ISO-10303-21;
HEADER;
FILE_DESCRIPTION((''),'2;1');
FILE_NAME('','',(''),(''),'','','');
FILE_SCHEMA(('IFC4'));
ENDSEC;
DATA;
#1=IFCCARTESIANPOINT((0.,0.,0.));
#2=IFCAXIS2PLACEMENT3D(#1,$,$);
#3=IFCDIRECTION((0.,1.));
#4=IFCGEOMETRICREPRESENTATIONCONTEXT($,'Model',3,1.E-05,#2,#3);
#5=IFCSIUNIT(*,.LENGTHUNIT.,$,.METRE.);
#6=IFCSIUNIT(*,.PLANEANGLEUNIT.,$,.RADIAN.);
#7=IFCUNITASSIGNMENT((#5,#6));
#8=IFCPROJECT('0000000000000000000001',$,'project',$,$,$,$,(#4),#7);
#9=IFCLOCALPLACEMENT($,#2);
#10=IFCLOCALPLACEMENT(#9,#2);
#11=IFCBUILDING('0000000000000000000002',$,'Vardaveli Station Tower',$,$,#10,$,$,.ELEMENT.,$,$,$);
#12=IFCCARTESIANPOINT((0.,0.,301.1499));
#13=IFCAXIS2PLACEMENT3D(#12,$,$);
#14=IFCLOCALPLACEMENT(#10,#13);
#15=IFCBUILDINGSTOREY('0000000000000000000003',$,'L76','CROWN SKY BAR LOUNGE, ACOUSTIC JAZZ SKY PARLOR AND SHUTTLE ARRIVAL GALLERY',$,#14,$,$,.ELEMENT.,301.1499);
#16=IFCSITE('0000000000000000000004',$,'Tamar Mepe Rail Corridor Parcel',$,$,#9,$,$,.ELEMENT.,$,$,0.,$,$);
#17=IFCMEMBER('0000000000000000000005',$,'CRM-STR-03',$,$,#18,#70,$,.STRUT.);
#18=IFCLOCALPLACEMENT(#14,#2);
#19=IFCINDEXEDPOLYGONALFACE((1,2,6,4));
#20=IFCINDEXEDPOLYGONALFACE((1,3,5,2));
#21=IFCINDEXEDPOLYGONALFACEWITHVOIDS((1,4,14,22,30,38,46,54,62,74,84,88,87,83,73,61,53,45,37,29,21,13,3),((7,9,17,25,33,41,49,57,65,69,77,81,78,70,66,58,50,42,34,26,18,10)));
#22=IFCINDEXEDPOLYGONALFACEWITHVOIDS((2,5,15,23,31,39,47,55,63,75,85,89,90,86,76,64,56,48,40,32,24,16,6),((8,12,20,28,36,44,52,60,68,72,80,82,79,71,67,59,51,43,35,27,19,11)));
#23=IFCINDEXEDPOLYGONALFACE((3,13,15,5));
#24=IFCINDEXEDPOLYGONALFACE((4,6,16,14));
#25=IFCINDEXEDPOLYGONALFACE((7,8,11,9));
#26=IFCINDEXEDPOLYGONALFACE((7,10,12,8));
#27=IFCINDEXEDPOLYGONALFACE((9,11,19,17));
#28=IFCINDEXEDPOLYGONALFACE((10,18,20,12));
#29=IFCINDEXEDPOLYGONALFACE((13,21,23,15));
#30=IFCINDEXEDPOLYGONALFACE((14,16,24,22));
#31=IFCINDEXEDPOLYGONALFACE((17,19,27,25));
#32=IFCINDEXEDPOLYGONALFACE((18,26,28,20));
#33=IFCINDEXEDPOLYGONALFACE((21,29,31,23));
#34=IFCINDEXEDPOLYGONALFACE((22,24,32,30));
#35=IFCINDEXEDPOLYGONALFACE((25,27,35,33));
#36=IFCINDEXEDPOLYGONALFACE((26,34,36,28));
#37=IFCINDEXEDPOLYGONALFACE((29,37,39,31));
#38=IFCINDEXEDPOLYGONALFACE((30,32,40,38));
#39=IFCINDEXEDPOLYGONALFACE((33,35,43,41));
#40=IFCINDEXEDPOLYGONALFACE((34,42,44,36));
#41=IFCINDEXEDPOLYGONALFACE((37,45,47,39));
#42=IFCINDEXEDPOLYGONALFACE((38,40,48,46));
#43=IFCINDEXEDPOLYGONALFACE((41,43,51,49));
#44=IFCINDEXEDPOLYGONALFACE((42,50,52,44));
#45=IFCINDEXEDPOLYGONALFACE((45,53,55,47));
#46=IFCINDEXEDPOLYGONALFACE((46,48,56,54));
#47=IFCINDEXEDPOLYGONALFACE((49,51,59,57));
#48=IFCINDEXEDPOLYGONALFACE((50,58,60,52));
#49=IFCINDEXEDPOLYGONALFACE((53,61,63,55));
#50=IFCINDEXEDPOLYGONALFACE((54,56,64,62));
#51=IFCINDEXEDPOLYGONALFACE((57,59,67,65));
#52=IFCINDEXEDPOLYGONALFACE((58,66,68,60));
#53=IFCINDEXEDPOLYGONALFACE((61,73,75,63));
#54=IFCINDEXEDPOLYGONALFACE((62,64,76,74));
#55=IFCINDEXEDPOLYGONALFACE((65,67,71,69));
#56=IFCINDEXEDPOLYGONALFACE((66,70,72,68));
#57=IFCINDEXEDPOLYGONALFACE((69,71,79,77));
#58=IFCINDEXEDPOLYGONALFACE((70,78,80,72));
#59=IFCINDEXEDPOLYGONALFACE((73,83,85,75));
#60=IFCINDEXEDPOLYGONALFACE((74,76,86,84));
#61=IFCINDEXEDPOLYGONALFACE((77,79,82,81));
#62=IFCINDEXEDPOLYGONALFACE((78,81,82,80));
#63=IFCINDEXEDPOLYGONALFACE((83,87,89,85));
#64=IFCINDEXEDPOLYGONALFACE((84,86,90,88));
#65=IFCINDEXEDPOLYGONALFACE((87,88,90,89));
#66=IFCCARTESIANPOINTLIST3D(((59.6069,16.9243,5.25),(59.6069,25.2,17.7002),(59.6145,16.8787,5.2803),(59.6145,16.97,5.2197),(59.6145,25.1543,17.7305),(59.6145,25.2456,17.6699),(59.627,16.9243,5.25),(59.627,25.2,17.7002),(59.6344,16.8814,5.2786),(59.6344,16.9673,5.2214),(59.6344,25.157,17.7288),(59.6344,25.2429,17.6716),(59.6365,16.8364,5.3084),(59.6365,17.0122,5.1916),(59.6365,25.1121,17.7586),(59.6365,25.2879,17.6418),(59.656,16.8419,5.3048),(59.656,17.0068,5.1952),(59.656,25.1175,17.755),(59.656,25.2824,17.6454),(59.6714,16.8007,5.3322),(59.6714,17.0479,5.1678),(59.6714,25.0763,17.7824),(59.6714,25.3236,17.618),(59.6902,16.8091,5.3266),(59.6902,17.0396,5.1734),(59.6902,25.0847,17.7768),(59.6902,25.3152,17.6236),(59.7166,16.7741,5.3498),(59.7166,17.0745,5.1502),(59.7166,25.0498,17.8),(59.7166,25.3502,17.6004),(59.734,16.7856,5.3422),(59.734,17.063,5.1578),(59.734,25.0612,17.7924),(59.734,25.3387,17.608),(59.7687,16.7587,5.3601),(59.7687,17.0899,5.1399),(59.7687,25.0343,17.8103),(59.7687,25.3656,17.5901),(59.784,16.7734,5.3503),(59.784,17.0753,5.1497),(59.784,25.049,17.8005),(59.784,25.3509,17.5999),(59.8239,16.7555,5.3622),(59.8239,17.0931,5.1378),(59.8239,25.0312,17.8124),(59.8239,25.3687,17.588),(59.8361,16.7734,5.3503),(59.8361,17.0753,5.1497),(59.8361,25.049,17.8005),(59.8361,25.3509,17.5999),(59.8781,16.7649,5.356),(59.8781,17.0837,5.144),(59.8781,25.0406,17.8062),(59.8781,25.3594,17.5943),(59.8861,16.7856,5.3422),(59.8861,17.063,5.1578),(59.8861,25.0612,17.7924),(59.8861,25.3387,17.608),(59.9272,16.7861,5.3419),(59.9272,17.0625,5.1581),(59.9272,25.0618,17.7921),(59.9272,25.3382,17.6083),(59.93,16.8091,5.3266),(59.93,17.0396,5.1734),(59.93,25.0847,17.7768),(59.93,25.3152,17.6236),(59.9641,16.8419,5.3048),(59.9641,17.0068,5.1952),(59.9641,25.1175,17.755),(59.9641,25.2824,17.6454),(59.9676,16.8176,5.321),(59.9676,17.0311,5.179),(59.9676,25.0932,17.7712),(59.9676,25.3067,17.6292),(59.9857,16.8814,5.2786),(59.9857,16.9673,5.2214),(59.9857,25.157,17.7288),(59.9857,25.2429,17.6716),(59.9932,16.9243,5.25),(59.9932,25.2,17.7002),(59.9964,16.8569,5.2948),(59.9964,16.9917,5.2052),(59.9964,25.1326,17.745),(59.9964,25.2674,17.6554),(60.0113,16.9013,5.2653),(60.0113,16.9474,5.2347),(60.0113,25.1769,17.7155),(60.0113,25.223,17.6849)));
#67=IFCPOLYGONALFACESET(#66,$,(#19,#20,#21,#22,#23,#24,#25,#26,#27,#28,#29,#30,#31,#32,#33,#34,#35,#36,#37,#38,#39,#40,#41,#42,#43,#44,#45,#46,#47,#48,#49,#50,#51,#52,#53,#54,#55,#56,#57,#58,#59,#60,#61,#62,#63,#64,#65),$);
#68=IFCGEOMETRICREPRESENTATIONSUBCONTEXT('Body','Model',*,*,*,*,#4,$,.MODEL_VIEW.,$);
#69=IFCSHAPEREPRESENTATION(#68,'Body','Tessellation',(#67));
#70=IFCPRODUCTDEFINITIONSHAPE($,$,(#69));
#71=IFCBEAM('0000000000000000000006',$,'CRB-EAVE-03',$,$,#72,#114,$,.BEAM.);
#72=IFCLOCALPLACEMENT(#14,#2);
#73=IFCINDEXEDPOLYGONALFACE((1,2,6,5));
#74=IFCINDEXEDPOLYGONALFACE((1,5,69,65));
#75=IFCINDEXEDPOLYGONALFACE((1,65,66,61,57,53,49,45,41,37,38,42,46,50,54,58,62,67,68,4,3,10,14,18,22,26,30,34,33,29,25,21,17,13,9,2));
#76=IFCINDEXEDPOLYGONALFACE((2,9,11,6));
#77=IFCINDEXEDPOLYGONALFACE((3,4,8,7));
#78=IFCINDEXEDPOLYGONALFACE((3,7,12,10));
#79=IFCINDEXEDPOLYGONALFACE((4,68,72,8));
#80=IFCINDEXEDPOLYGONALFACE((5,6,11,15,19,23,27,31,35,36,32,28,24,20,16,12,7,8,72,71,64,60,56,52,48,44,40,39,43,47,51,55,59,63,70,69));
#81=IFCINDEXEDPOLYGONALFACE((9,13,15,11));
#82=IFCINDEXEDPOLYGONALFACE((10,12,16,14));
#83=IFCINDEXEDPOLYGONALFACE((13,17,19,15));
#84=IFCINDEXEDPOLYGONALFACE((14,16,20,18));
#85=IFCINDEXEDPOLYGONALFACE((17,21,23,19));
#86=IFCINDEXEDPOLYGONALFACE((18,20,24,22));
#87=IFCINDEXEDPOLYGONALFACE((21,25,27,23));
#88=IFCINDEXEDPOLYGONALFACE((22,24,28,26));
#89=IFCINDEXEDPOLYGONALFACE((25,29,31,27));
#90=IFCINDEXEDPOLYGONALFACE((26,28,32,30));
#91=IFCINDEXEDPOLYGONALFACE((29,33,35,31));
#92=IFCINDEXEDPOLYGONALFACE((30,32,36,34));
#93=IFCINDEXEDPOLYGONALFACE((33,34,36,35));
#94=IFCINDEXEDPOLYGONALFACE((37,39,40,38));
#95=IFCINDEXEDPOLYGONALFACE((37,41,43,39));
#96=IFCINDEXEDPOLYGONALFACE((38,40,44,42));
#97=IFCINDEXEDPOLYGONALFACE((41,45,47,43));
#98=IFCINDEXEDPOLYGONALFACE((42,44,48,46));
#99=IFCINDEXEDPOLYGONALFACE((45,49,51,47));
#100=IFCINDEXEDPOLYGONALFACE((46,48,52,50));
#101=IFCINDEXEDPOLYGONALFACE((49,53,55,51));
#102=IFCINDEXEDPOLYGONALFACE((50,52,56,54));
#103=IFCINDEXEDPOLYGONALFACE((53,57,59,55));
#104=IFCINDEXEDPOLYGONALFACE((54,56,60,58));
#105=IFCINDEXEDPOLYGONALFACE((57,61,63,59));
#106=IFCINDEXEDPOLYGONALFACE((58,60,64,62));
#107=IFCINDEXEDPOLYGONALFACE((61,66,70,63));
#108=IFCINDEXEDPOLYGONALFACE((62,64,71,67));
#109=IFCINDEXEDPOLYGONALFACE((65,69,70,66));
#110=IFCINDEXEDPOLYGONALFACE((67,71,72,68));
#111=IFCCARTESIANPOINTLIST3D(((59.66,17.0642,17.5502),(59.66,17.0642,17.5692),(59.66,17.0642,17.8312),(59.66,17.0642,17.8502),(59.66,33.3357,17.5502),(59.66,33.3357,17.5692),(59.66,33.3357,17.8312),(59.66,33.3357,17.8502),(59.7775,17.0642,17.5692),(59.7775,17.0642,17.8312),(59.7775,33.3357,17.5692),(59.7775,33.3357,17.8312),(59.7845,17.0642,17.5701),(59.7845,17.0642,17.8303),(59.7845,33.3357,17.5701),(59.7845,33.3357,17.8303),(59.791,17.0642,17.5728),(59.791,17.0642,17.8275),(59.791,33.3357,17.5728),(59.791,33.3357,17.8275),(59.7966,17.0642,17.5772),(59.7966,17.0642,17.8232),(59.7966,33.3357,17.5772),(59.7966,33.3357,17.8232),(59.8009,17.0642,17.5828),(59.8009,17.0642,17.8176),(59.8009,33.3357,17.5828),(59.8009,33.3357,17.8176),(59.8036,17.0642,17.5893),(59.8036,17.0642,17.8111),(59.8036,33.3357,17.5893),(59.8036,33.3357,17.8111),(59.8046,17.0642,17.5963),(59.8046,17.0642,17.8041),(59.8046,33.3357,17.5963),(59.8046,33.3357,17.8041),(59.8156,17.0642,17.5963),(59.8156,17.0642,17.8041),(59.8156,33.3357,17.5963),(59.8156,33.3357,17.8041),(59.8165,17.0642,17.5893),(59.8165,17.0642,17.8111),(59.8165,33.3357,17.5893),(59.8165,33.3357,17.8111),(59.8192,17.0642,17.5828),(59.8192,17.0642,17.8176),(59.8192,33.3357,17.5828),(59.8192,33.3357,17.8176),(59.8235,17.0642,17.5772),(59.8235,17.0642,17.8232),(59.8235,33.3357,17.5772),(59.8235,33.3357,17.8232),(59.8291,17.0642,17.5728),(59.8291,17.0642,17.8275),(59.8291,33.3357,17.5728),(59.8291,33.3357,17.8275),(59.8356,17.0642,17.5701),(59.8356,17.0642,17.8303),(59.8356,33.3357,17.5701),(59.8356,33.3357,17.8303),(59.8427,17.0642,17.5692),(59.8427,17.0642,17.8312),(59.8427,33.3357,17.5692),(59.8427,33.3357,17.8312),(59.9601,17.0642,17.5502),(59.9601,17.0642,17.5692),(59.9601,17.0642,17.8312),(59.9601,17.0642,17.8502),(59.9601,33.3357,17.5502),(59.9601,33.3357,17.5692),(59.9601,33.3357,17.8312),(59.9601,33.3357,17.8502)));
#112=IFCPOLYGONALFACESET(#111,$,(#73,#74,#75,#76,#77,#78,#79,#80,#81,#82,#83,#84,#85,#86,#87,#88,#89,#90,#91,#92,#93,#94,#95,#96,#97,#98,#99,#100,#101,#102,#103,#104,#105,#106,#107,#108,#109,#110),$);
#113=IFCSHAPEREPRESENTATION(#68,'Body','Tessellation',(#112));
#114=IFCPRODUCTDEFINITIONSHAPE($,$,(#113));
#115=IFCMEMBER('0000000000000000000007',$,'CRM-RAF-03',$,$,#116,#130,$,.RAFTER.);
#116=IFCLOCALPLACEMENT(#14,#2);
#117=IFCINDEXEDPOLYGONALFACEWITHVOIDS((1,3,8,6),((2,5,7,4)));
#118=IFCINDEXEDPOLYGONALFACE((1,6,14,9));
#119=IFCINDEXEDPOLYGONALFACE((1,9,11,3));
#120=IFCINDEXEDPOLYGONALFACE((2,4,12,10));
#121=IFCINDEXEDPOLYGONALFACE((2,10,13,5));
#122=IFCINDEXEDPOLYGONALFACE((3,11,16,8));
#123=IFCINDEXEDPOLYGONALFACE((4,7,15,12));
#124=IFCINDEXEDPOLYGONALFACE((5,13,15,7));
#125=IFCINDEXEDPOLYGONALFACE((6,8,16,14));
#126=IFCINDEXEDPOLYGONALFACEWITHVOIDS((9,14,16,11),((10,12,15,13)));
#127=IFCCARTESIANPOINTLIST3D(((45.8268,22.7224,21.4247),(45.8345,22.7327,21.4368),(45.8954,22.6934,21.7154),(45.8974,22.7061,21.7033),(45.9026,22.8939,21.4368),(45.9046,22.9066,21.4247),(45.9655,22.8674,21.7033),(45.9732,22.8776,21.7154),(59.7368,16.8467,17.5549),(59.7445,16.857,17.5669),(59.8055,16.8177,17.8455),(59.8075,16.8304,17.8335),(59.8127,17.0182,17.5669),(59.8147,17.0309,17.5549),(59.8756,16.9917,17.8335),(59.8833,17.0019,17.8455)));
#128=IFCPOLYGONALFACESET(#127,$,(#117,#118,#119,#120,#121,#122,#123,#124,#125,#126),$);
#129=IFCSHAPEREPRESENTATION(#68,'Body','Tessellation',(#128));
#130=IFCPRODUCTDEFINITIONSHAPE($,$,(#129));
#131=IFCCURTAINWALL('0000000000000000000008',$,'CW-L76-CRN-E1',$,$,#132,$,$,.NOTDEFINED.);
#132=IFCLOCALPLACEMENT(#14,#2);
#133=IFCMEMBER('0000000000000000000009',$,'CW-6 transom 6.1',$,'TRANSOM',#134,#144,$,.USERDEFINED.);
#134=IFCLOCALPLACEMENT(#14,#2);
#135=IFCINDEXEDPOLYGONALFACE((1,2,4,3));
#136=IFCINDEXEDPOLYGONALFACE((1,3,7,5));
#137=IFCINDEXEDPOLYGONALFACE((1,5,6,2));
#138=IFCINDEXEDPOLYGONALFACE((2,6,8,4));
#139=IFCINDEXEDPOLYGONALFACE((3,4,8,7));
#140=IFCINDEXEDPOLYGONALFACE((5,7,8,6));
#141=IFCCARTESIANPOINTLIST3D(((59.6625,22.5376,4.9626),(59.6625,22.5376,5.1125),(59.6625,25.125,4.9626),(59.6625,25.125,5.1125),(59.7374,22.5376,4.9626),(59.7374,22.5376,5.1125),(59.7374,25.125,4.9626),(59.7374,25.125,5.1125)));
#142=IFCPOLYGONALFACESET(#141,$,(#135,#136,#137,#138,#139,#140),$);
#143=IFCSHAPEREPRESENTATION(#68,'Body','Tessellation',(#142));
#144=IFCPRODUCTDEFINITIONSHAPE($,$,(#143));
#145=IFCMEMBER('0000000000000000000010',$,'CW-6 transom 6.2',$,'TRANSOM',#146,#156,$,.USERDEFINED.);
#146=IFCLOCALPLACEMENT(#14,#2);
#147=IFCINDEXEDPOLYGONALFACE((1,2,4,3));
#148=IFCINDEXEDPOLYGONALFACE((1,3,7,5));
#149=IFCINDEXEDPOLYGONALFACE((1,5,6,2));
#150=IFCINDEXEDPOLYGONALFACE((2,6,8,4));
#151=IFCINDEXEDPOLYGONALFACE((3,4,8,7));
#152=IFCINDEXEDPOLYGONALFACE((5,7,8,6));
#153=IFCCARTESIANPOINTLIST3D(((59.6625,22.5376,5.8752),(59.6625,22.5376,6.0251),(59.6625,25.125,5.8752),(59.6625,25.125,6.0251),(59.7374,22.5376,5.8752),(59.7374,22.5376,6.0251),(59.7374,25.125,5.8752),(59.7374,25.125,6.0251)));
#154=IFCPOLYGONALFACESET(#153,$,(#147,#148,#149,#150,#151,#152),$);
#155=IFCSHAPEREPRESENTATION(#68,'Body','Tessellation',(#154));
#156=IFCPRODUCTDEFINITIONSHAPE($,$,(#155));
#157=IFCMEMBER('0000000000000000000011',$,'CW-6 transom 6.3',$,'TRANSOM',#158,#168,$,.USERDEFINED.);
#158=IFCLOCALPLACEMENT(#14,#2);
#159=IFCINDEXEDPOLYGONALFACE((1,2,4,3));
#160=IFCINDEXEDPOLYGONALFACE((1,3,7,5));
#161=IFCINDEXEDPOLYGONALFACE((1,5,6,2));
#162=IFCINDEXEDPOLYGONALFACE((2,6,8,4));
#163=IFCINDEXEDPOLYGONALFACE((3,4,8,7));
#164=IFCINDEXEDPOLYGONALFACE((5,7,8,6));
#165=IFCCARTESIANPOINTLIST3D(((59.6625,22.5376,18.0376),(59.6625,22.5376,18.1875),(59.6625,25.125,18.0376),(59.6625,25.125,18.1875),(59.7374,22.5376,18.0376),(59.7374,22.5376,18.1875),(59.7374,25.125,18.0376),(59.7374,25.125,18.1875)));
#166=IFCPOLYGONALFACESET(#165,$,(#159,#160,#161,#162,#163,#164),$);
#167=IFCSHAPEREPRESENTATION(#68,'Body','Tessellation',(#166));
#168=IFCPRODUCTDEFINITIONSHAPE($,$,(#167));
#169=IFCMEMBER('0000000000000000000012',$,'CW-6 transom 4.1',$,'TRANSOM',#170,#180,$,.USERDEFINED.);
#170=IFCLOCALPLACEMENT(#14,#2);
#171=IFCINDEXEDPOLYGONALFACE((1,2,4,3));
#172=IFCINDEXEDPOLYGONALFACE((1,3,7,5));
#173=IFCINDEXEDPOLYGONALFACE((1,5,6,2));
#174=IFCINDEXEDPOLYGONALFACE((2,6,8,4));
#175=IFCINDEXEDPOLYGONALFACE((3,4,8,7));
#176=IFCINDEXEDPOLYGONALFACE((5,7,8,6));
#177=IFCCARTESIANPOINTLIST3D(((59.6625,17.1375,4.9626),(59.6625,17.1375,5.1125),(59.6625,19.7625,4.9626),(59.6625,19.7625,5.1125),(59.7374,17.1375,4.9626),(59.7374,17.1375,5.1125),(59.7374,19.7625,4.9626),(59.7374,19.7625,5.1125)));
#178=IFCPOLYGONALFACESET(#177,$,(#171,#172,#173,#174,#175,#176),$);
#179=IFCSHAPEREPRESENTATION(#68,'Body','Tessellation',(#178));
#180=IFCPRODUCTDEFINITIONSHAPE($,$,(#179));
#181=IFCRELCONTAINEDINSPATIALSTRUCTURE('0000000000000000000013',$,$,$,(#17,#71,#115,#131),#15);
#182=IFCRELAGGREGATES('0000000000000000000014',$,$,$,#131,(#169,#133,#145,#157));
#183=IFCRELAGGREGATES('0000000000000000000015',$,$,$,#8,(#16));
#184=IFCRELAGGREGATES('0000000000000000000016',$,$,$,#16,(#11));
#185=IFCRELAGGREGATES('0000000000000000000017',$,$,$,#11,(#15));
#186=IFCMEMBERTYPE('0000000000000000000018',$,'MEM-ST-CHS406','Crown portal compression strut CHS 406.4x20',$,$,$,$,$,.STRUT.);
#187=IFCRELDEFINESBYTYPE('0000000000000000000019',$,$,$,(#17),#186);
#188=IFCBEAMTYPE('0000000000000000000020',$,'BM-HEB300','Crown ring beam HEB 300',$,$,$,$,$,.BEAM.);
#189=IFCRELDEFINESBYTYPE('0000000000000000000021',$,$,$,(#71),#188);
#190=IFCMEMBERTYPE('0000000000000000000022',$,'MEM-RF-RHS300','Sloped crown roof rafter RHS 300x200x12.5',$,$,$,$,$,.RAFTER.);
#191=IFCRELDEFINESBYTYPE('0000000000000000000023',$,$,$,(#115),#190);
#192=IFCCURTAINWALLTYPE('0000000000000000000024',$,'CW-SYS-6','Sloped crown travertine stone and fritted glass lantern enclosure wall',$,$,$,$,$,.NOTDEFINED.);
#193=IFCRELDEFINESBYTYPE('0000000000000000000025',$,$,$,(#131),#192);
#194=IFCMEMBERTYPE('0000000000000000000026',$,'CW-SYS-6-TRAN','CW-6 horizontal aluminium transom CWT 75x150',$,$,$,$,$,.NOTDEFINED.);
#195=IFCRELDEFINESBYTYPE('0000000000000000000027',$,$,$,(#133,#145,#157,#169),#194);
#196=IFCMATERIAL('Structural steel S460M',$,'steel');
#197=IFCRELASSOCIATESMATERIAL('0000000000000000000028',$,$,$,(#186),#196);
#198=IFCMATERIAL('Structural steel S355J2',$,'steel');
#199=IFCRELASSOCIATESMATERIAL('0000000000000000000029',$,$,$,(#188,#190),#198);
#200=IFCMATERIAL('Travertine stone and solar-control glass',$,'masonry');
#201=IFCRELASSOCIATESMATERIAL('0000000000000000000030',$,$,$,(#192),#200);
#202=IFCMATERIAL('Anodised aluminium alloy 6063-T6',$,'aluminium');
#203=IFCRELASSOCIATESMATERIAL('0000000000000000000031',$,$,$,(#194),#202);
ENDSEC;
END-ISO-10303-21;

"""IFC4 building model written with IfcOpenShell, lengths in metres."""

from ifc_helpers import new_model, si_unit, direction, frame, origin, origin_2d, place, context, subcontext, project, spatial, rectangle, hollow_rectangle, hollow_circle, i_section, extrude, source, transform, mapped, material, material_profile, profile_set, type_object, element, aggregate, save


model = new_model("IFC4")

# Units and contexts
model_context = context("Model", 3, precision=1e-05, world=origin(), true_north=direction((0.0, 1.0)))
body_context = subcontext(model_context, "Body", "Model", "MODEL_VIEW")
ifc_project = project(units=[si_unit("LENGTHUNIT", "METRE"), si_unit("PLANEANGLEUNIT", "RADIAN")], contexts=[model_context])

# Site, building, storey
site_placement = place(None, origin())
site = spatial("IfcSite", under=ifc_project, at=site_placement, Name="Tamar Mepe Rail Corridor Parcel", CompositionType="ELEMENT", RefElevation=0.0)
building_placement = place(site_placement, origin())
building = spatial("IfcBuilding", under=site, at=building_placement, Name="Vardaveli Station Tower", CompositionType="ELEMENT")
storey_placement = place(building_placement, frame((0.0, 0.0, 301.1499)))
storey = spatial("IfcBuildingStorey", under=building, at=storey_placement, Name="L76", Description="CROWN SKY BAR LOUNGE, ACOUSTIC JAZZ SKY PARLOR AND SHUTTLE ARRIVAL GALLERY", CompositionType="ELEMENT", Elevation=301.1499)

# Member
ifc_material_1 = material(Name="Structural steel S460M", Category="steel")
ifc_material_profile_1 = material_profile(ifc_material_1, hollow_circle(Radius=0.2031, WallThickness=0.02, at=origin_2d()), Name="CHS 406.4x20")
ifc_profile_set_1 = profile_set([ifc_material_profile_1], Name="Structural steel S460M")
member_type_1 = type_object("IfcMemberType", Name="MEM-ST-CHS406", Description="Crown portal compression strut CHS 406.4x20", PredefinedType="STRUT", material=ifc_profile_set_1)
shared_shape_1 = source(origin(), body_context, "Body", "SweptSolid", [
    extrude(hollow_circle(Radius=0.2031, WallThickness=0.02, at=origin_2d()), origin(), (0.0, 0.0, 1.0), 14.9497),
])
member_1_placement = place(storey_placement, frame((59.8101, 16.9243, 5.25), z_axis=(0.0, 0.553565, 0.832806), x_axis=(-1.0, 0.0, 0.0)))
element("IfcMember", 1, at=member_1_placement, inside=storey, type_object=member_type_1, Name="CRM-STR-03", PredefinedType="STRUT", context=body_context, shape_type="MappedRepresentation", body=[
    mapped(shared_shape_1, transform((0.0, 0.0, 0.0), scale=1.0)),
])

# Beam
ifc_material_2 = material(Name="Structural steel S355J2", Category="steel")
ifc_material_profile_2 = material_profile(ifc_material_2, i_section(OverallWidth=0.3, OverallDepth=0.3, WebThickness=0.011, FlangeThickness=0.019, FilletRadius=0.0271, at=origin_2d()), Name="HEB 300")
ifc_profile_set_2 = profile_set([ifc_material_profile_2], Name="Structural steel S355J2")
beam_type = type_object("IfcBeamType", Name="BM-HEB300", Description="Crown ring beam HEB 300", PredefinedType="BEAM", material=ifc_profile_set_2)
shared_shape_2 = source(origin(), body_context, "Body", "SweptSolid", [
    extrude(i_section(OverallWidth=0.3, OverallDepth=0.3, WebThickness=0.011, FlangeThickness=0.019, FilletRadius=0.0271, at=origin_2d()), origin(), (0.0, 0.0, 1.0), 16.2715),
])
beam_placement = place(storey_placement, frame((59.8101, 17.0642, 17.7002), z_axis=(0.0, 1.0, 0.0), x_axis=(-1.0, 0.0, 0.0)))
element("IfcBeam", 2, at=beam_placement, inside=storey, type_object=beam_type, Name="CRB-EAVE-03", PredefinedType="BEAM", context=body_context, shape_type="MappedRepresentation", body=[
    mapped(shared_shape_2, transform((0.0, 0.0, 0.0), scale=1.0)),
])

# Member
ifc_material_profile_3 = material_profile(ifc_material_2, hollow_rectangle(XDim=0.2, YDim=0.3, WallThickness=0.0125, at=origin_2d()), Name="RHS 300x200x12.5")
ifc_profile_set_3 = profile_set([ifc_material_profile_3], Name="Structural steel S355J2")
member_type_2 = type_object("IfcMemberType", Name="MEM-RF-RHS300", Description="Sloped crown roof rafter RHS 300x200x12.5", PredefinedType="RAFTER", material=ifc_profile_set_3)
shared_shape_3 = source(origin(), body_context, "Body", "SweptSolid", [
    extrude(hollow_rectangle(XDim=0.2, YDim=0.3, WallThickness=0.0125, at=origin_2d()), origin(), (0.0, 0.0, 1.0), 15.5881),
])
member_2_placement = place(storey_placement, frame((59.8101, 16.9243, 17.7002), z_axis=(-0.892351, 0.376934, 0.248256), x_axis=(-0.389116, -0.921189, 0.0)))
element("IfcMember", 3, at=member_2_placement, inside=storey, type_object=member_type_2, Name="CRM-RAF-03", PredefinedType="RAFTER", context=body_context, shape_type="MappedRepresentation", body=[
    mapped(shared_shape_3, transform((0.0, 0.0, 0.0), scale=1.0)),
])

# Curtain wall, members
ifc_material_3 = material(Name="Travertine stone and solar-control glass", Category="masonry")
curtain_wall_type = type_object("IfcCurtainWallType", Name="CW-SYS-6", Description="Sloped crown travertine stone and fritted glass lantern enclosure wall", PredefinedType="NOTDEFINED", material=ifc_material_3)
curtain_wall_placement = place(storey_placement, origin())
curtain_wall = element("IfcCurtainWall", 4, at=curtain_wall_placement, inside=storey, type_object=curtain_wall_type, Name="CW-L76-CRN-E1", PredefinedType="NOTDEFINED")
ifc_material_4 = material(Name="Anodised aluminium alloy 6063-T6", Category="aluminium")
ifc_material_profile_4 = material_profile(ifc_material_4, rectangle(XDim=0.075, YDim=0.1499, at=origin_2d()), Name="CWT 75x150")
ifc_profile_set_4 = profile_set([ifc_material_profile_4], Name="Anodised aluminium alloy 6063-T6")
member_type_3 = type_object("IfcMemberType", Name="CW-SYS-6-TRAN", Description="CW-6 horizontal aluminium transom CWT 75x150", PredefinedType="NOTDEFINED", material=ifc_profile_set_4)
shared_shape_4 = source(origin(), body_context, "Body", "SweptSolid", [
    extrude(rectangle(XDim=0.075, YDim=0.1499, at=origin_2d()), origin(), (0.0, 0.0, 1.0), 2.5874),
])
member_3_placement = place(storey_placement, frame((59.7, 22.5376, 5.0376), z_axis=(0.0, 1.0, 0.0), x_axis=(-1.0, 0.0, 0.0)))
member_3 = element("IfcMember", 5, at=member_3_placement, type_object=member_type_3, Name="CW-6 transom 6.1", ObjectType="TRANSOM", PredefinedType="USERDEFINED", context=body_context, shape_type="MappedRepresentation", body=[
    mapped(shared_shape_4, transform((0.0, 0.0, 0.0), scale=1.0)),
])
member_4_placement = place(storey_placement, frame((59.7, 22.5376, 5.9502), z_axis=(0.0, 1.0, 0.0), x_axis=(-1.0, 0.0, 0.0)))
member_4 = element("IfcMember", 6, at=member_4_placement, type_object=member_type_3, Name="CW-6 transom 6.2", ObjectType="TRANSOM", PredefinedType="USERDEFINED", context=body_context, shape_type="MappedRepresentation", body=[
    mapped(shared_shape_4, transform((0.0, 0.0, 0.0), scale=1.0)),
])
member_5_placement = place(storey_placement, frame((59.7, 22.5376, 18.1125), z_axis=(0.0, 1.0, 0.0), x_axis=(-1.0, 0.0, 0.0)))
member_5 = element("IfcMember", 7, at=member_5_placement, type_object=member_type_3, Name="CW-6 transom 6.3", ObjectType="TRANSOM", PredefinedType="USERDEFINED", context=body_context, shape_type="MappedRepresentation", body=[
    mapped(shared_shape_4, transform((0.0, 0.0, 0.0), scale=1.0)),
])
shared_shape_5 = source(origin(), body_context, "Body", "SweptSolid", [
    extrude(rectangle(XDim=0.075, YDim=0.1499, at=origin_2d()), origin(), (0.0, 0.0, 1.0), 2.625),
])
member_6_placement = place(storey_placement, frame((59.7, 17.1375, 5.0376), z_axis=(0.0, 1.0, 0.0), x_axis=(-1.0, 0.0, 0.0)))
member_6 = element("IfcMember", 8, at=member_6_placement, type_object=member_type_3, Name="CW-6 transom 4.1", ObjectType="TRANSOM", PredefinedType="USERDEFINED", context=body_context, shape_type="MappedRepresentation", body=[
    mapped(shared_shape_5, transform((0.0, 0.0, 0.0), scale=1.0)),
])

aggregate(curtain_wall, [member_6, member_3, member_4, member_5])

save(model, "model.ifc")
